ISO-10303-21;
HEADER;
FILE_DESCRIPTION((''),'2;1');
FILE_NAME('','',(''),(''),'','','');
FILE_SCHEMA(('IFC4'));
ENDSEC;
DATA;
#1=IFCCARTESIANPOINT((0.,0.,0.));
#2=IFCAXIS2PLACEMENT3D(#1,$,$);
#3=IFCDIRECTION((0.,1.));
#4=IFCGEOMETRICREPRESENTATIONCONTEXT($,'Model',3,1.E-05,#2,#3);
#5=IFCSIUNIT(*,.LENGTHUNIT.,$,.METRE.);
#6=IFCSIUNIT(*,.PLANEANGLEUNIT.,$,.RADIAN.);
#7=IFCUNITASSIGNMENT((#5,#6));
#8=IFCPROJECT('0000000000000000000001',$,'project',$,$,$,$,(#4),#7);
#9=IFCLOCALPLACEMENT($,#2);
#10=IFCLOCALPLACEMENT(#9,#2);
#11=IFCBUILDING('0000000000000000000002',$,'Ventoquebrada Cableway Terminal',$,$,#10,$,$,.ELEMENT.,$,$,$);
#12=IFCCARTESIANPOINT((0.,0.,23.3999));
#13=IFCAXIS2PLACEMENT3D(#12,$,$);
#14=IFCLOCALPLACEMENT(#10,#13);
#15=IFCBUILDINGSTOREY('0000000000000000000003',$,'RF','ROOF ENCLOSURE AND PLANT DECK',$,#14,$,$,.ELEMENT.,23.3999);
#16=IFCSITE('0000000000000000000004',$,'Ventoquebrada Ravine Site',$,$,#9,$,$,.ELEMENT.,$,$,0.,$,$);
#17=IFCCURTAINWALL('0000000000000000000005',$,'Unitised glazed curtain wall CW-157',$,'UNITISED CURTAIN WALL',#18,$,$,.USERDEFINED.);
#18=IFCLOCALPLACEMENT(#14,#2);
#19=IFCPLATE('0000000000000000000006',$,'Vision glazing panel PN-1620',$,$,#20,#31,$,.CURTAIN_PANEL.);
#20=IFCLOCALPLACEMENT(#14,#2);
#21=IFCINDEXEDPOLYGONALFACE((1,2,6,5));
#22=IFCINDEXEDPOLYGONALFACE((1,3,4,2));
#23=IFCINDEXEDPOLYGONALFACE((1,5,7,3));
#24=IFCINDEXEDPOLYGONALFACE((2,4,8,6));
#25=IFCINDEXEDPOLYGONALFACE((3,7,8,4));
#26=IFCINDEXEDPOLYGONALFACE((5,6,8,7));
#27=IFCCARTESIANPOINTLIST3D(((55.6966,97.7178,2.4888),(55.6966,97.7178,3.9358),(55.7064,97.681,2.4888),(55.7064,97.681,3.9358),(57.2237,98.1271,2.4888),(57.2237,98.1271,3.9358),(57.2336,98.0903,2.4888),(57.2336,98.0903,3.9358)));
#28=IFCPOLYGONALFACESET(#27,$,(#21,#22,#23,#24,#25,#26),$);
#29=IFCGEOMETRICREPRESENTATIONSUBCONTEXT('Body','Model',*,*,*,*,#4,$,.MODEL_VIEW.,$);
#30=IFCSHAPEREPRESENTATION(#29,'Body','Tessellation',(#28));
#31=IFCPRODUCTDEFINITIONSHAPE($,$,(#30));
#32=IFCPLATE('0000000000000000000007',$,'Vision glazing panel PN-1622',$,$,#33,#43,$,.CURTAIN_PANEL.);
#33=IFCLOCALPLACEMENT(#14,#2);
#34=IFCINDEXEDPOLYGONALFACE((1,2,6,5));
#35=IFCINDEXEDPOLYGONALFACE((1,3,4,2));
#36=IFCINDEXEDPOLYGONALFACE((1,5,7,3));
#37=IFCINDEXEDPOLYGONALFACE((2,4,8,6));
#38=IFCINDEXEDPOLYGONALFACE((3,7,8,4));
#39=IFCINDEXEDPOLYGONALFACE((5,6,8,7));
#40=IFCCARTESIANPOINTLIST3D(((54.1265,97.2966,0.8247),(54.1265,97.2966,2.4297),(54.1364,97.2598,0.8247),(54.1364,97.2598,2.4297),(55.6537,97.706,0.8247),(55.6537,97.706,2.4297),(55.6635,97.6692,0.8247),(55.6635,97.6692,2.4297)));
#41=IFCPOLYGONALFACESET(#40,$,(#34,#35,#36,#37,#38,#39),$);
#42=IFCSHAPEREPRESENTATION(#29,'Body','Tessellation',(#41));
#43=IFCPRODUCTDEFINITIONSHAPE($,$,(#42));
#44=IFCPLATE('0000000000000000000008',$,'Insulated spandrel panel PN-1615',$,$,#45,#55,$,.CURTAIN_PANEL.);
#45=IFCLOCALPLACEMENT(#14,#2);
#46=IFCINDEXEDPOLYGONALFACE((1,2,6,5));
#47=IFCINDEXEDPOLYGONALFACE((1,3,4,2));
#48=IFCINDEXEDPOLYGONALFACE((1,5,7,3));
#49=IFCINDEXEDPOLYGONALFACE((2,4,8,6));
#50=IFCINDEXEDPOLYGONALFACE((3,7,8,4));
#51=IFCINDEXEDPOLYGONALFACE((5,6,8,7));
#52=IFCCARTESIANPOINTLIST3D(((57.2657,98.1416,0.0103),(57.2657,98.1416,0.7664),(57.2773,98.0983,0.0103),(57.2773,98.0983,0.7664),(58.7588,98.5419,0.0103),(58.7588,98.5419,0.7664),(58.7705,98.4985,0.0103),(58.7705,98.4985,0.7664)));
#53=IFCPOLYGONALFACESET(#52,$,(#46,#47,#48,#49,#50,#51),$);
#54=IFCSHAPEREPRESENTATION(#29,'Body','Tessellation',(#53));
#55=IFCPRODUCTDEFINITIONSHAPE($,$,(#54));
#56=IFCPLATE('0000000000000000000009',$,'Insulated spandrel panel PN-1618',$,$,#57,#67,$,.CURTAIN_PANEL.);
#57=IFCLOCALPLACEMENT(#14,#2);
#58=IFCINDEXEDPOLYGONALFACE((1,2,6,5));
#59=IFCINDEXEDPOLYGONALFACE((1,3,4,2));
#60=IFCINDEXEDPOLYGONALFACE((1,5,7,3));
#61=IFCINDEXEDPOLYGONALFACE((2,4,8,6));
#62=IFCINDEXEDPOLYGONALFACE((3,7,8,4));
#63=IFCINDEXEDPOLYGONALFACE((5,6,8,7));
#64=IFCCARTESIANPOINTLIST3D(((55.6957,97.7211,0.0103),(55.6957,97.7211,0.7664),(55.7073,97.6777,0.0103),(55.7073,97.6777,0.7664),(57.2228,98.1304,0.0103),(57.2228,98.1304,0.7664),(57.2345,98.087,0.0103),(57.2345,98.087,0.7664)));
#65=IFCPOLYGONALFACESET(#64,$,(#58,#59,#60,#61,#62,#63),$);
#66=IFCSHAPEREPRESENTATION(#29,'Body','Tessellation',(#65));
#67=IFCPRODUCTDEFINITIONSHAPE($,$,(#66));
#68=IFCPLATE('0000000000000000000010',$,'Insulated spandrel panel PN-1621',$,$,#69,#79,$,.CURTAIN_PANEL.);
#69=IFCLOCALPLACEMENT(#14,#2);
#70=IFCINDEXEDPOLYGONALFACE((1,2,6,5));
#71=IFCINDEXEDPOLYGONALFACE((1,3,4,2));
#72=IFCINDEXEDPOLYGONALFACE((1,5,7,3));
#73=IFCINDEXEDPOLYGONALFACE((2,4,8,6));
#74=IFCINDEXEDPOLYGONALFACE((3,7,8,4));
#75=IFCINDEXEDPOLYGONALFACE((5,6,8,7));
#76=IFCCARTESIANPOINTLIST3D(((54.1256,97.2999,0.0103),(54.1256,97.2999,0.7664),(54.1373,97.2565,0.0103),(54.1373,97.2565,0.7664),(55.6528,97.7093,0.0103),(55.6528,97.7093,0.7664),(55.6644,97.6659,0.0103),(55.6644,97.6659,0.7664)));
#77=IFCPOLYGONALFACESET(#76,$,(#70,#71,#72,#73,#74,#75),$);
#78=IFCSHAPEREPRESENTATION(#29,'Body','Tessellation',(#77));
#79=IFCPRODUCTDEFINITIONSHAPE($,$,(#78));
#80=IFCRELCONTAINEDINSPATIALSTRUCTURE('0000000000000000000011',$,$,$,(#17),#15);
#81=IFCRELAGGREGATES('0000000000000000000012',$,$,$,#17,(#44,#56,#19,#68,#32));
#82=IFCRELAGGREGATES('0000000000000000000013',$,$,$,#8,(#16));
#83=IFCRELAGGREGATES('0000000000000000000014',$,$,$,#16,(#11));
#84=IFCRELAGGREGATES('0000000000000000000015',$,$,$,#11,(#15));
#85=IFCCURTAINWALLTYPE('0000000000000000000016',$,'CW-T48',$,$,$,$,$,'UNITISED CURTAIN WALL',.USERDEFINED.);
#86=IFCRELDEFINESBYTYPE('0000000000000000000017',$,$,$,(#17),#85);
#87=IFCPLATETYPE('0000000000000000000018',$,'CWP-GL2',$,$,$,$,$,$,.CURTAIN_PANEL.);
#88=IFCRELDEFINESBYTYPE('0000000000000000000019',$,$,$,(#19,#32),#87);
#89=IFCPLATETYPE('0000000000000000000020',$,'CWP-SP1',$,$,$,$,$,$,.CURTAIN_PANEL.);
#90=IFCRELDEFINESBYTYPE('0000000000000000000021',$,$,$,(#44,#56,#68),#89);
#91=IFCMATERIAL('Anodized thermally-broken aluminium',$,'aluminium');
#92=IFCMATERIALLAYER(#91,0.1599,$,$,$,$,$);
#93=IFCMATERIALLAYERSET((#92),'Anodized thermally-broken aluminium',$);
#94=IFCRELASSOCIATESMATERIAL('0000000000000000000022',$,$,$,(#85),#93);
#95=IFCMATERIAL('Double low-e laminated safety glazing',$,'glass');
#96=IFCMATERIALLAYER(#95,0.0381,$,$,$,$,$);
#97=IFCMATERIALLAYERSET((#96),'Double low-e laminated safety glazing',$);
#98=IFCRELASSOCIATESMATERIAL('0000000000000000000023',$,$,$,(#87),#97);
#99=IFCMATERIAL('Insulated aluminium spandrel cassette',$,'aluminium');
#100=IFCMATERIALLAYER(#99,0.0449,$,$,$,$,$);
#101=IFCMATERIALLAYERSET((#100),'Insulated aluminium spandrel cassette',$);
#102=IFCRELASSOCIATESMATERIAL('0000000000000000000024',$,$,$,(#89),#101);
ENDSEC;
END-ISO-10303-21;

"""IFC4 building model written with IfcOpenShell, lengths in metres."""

from ifc_helpers import new_model, si_unit, direction, frame, origin, origin_2d, place, context, subcontext, project, spatial, rectangle, extrude, material, layer, layer_set, type_object, element, aggregate, save


model = new_model("IFC4")

# Units and contexts
model_context = context("Model", 3, precision=1e-05, world=origin(), true_north=direction((0.0, 1.0)))
body_context = subcontext(model_context, "Body", "Model", "MODEL_VIEW")
ifc_project = project(units=[si_unit("LENGTHUNIT", "METRE"), si_unit("PLANEANGLEUNIT", "RADIAN")], contexts=[model_context])

# Site, building, storey
site_placement = place(None, origin())
site = spatial("IfcSite", under=ifc_project, at=site_placement, Name="Ventoquebrada Ravine Site", CompositionType="ELEMENT", RefElevation=0.0)
building_placement = place(site_placement, origin())
building = spatial("IfcBuilding", under=site, at=building_placement, Name="Ventoquebrada Cableway Terminal", CompositionType="ELEMENT")
storey_placement = place(building_placement, frame((0.0, 0.0, 23.3999)))
storey = spatial("IfcBuildingStorey", under=building, at=storey_placement, Name="RF", Description="ROOF ENCLOSURE AND PLANT DECK", CompositionType="ELEMENT", Elevation=23.3999)

# Curtain wall
ifc_material_1 = material(Name="Anodized thermally-broken aluminium", Category="aluminium")
ifc_layer_1 = layer(ifc_material_1, 0.1599)
ifc_layer_set_1 = layer_set([ifc_layer_1], Name="Anodized thermally-broken aluminium")
curtain_wall_type = type_object("IfcCurtainWallType", Name="CW-T48", ElementType="UNITISED CURTAIN WALL", PredefinedType="USERDEFINED", material=ifc_layer_set_1)
curtain_wall_placement = place(storey_placement, origin())
curtain_wall = element("IfcCurtainWall", 1, at=curtain_wall_placement, inside=storey, type_object=curtain_wall_type, Name="Unitised glazed curtain wall CW-157", ObjectType="UNITISED CURTAIN WALL", PredefinedType="USERDEFINED")

# Plates
ifc_material_2 = material(Name="Double low-e laminated safety glazing", Category="glass")
ifc_layer_2 = layer(ifc_material_2, 0.0381)
ifc_layer_set_2 = layer_set([ifc_layer_2], Name="Double low-e laminated safety glazing")
plate_type_1 = type_object("IfcPlateType", Name="CWP-GL2", PredefinedType="CURTAIN_PANEL", material=ifc_layer_set_2)
plate_1_placement = place(storey_placement, frame((56.4651, 97.9041, 2.4888), z_axis=(0.0, 0.0, 1.0), x_axis=(-0.965903, -0.258903, 0.0)))
plate_1 = element("IfcPlate", 2, at=plate_1_placement, type_object=plate_type_1, Name="Vision glazing panel PN-1620", PredefinedType="CURTAIN_PANEL", context=body_context, shape_type="SweptSolid", body=[
    extrude(rectangle(XDim=1.5811, YDim=0.0381, at=origin_2d()), origin(), (0.0, 0.0, 1.0), 1.447),
])
plate_2_placement = place(storey_placement, frame((54.895, 97.4829, 0.8247), z_axis=(0.0, 0.0, 1.0), x_axis=(-0.965903, -0.258903, 0.0)))
plate_2 = element("IfcPlate", 3, at=plate_2_placement, type_object=plate_type_1, Name="Vision glazing panel PN-1622", PredefinedType="CURTAIN_PANEL", context=body_context, shape_type="SweptSolid", body=[
    extrude(rectangle(XDim=1.5811, YDim=0.0381, at=origin_2d()), origin(), (0.0, 0.0, 1.0), 1.605),
])
ifc_material_3 = material(Name="Insulated aluminium spandrel cassette", Category="aluminium")
ifc_layer_3 = layer(ifc_material_3, 0.0449)
ifc_layer_set_3 = layer_set([ifc_layer_3], Name="Insulated aluminium spandrel cassette")
plate_type_2 = type_object("IfcPlateType", Name="CWP-SP1", PredefinedType="CURTAIN_PANEL", material=ifc_layer_set_3)
plate_3_placement = place(storey_placement, frame((58.0181, 98.3201, 0.0103), z_axis=(0.0, 0.0, 1.0), x_axis=(-0.965903, -0.258903, 0.0)))
plate_3 = element("IfcPlate", 4, at=plate_3_placement, type_object=plate_type_2, Name="Insulated spandrel panel PN-1615", PredefinedType="CURTAIN_PANEL", context=body_context, shape_type="SweptSolid", body=[
    extrude(rectangle(XDim=1.5459, YDim=0.0449, at=origin_2d()), origin(), (0.0, 0.0, 1.0), 0.7561),
])
plate_4_placement = place(storey_placement, frame((56.4651, 97.9041, 0.0103), z_axis=(0.0, 0.0, 1.0), x_axis=(-0.965903, -0.258903, 0.0)))
plate_4 = element("IfcPlate", 5, at=plate_4_placement, type_object=plate_type_2, Name="Insulated spandrel panel PN-1618", PredefinedType="CURTAIN_PANEL", context=body_context, shape_type="SweptSolid", body=[
    extrude(rectangle(XDim=1.5811, YDim=0.0449, at=origin_2d()), origin(), (0.0, 0.0, 1.0), 0.7561),
])
plate_5_placement = place(storey_placement, frame((54.895, 97.4829, 0.0103), z_axis=(0.0, 0.0, 1.0), x_axis=(-0.965903, -0.258903, 0.0)))
plate_5 = element("IfcPlate", 6, at=plate_5_placement, type_object=plate_type_2, Name="Insulated spandrel panel PN-1621", PredefinedType="CURTAIN_PANEL", context=body_context, shape_type="SweptSolid", body=[
    extrude(rectangle(XDim=1.5811, YDim=0.0449, at=origin_2d()), origin(), (0.0, 0.0, 1.0), 0.7561),
])
aggregate(curtain_wall, [plate_3, plate_4, plate_1, plate_5, plate_2])

save(model, "model.ifc")
